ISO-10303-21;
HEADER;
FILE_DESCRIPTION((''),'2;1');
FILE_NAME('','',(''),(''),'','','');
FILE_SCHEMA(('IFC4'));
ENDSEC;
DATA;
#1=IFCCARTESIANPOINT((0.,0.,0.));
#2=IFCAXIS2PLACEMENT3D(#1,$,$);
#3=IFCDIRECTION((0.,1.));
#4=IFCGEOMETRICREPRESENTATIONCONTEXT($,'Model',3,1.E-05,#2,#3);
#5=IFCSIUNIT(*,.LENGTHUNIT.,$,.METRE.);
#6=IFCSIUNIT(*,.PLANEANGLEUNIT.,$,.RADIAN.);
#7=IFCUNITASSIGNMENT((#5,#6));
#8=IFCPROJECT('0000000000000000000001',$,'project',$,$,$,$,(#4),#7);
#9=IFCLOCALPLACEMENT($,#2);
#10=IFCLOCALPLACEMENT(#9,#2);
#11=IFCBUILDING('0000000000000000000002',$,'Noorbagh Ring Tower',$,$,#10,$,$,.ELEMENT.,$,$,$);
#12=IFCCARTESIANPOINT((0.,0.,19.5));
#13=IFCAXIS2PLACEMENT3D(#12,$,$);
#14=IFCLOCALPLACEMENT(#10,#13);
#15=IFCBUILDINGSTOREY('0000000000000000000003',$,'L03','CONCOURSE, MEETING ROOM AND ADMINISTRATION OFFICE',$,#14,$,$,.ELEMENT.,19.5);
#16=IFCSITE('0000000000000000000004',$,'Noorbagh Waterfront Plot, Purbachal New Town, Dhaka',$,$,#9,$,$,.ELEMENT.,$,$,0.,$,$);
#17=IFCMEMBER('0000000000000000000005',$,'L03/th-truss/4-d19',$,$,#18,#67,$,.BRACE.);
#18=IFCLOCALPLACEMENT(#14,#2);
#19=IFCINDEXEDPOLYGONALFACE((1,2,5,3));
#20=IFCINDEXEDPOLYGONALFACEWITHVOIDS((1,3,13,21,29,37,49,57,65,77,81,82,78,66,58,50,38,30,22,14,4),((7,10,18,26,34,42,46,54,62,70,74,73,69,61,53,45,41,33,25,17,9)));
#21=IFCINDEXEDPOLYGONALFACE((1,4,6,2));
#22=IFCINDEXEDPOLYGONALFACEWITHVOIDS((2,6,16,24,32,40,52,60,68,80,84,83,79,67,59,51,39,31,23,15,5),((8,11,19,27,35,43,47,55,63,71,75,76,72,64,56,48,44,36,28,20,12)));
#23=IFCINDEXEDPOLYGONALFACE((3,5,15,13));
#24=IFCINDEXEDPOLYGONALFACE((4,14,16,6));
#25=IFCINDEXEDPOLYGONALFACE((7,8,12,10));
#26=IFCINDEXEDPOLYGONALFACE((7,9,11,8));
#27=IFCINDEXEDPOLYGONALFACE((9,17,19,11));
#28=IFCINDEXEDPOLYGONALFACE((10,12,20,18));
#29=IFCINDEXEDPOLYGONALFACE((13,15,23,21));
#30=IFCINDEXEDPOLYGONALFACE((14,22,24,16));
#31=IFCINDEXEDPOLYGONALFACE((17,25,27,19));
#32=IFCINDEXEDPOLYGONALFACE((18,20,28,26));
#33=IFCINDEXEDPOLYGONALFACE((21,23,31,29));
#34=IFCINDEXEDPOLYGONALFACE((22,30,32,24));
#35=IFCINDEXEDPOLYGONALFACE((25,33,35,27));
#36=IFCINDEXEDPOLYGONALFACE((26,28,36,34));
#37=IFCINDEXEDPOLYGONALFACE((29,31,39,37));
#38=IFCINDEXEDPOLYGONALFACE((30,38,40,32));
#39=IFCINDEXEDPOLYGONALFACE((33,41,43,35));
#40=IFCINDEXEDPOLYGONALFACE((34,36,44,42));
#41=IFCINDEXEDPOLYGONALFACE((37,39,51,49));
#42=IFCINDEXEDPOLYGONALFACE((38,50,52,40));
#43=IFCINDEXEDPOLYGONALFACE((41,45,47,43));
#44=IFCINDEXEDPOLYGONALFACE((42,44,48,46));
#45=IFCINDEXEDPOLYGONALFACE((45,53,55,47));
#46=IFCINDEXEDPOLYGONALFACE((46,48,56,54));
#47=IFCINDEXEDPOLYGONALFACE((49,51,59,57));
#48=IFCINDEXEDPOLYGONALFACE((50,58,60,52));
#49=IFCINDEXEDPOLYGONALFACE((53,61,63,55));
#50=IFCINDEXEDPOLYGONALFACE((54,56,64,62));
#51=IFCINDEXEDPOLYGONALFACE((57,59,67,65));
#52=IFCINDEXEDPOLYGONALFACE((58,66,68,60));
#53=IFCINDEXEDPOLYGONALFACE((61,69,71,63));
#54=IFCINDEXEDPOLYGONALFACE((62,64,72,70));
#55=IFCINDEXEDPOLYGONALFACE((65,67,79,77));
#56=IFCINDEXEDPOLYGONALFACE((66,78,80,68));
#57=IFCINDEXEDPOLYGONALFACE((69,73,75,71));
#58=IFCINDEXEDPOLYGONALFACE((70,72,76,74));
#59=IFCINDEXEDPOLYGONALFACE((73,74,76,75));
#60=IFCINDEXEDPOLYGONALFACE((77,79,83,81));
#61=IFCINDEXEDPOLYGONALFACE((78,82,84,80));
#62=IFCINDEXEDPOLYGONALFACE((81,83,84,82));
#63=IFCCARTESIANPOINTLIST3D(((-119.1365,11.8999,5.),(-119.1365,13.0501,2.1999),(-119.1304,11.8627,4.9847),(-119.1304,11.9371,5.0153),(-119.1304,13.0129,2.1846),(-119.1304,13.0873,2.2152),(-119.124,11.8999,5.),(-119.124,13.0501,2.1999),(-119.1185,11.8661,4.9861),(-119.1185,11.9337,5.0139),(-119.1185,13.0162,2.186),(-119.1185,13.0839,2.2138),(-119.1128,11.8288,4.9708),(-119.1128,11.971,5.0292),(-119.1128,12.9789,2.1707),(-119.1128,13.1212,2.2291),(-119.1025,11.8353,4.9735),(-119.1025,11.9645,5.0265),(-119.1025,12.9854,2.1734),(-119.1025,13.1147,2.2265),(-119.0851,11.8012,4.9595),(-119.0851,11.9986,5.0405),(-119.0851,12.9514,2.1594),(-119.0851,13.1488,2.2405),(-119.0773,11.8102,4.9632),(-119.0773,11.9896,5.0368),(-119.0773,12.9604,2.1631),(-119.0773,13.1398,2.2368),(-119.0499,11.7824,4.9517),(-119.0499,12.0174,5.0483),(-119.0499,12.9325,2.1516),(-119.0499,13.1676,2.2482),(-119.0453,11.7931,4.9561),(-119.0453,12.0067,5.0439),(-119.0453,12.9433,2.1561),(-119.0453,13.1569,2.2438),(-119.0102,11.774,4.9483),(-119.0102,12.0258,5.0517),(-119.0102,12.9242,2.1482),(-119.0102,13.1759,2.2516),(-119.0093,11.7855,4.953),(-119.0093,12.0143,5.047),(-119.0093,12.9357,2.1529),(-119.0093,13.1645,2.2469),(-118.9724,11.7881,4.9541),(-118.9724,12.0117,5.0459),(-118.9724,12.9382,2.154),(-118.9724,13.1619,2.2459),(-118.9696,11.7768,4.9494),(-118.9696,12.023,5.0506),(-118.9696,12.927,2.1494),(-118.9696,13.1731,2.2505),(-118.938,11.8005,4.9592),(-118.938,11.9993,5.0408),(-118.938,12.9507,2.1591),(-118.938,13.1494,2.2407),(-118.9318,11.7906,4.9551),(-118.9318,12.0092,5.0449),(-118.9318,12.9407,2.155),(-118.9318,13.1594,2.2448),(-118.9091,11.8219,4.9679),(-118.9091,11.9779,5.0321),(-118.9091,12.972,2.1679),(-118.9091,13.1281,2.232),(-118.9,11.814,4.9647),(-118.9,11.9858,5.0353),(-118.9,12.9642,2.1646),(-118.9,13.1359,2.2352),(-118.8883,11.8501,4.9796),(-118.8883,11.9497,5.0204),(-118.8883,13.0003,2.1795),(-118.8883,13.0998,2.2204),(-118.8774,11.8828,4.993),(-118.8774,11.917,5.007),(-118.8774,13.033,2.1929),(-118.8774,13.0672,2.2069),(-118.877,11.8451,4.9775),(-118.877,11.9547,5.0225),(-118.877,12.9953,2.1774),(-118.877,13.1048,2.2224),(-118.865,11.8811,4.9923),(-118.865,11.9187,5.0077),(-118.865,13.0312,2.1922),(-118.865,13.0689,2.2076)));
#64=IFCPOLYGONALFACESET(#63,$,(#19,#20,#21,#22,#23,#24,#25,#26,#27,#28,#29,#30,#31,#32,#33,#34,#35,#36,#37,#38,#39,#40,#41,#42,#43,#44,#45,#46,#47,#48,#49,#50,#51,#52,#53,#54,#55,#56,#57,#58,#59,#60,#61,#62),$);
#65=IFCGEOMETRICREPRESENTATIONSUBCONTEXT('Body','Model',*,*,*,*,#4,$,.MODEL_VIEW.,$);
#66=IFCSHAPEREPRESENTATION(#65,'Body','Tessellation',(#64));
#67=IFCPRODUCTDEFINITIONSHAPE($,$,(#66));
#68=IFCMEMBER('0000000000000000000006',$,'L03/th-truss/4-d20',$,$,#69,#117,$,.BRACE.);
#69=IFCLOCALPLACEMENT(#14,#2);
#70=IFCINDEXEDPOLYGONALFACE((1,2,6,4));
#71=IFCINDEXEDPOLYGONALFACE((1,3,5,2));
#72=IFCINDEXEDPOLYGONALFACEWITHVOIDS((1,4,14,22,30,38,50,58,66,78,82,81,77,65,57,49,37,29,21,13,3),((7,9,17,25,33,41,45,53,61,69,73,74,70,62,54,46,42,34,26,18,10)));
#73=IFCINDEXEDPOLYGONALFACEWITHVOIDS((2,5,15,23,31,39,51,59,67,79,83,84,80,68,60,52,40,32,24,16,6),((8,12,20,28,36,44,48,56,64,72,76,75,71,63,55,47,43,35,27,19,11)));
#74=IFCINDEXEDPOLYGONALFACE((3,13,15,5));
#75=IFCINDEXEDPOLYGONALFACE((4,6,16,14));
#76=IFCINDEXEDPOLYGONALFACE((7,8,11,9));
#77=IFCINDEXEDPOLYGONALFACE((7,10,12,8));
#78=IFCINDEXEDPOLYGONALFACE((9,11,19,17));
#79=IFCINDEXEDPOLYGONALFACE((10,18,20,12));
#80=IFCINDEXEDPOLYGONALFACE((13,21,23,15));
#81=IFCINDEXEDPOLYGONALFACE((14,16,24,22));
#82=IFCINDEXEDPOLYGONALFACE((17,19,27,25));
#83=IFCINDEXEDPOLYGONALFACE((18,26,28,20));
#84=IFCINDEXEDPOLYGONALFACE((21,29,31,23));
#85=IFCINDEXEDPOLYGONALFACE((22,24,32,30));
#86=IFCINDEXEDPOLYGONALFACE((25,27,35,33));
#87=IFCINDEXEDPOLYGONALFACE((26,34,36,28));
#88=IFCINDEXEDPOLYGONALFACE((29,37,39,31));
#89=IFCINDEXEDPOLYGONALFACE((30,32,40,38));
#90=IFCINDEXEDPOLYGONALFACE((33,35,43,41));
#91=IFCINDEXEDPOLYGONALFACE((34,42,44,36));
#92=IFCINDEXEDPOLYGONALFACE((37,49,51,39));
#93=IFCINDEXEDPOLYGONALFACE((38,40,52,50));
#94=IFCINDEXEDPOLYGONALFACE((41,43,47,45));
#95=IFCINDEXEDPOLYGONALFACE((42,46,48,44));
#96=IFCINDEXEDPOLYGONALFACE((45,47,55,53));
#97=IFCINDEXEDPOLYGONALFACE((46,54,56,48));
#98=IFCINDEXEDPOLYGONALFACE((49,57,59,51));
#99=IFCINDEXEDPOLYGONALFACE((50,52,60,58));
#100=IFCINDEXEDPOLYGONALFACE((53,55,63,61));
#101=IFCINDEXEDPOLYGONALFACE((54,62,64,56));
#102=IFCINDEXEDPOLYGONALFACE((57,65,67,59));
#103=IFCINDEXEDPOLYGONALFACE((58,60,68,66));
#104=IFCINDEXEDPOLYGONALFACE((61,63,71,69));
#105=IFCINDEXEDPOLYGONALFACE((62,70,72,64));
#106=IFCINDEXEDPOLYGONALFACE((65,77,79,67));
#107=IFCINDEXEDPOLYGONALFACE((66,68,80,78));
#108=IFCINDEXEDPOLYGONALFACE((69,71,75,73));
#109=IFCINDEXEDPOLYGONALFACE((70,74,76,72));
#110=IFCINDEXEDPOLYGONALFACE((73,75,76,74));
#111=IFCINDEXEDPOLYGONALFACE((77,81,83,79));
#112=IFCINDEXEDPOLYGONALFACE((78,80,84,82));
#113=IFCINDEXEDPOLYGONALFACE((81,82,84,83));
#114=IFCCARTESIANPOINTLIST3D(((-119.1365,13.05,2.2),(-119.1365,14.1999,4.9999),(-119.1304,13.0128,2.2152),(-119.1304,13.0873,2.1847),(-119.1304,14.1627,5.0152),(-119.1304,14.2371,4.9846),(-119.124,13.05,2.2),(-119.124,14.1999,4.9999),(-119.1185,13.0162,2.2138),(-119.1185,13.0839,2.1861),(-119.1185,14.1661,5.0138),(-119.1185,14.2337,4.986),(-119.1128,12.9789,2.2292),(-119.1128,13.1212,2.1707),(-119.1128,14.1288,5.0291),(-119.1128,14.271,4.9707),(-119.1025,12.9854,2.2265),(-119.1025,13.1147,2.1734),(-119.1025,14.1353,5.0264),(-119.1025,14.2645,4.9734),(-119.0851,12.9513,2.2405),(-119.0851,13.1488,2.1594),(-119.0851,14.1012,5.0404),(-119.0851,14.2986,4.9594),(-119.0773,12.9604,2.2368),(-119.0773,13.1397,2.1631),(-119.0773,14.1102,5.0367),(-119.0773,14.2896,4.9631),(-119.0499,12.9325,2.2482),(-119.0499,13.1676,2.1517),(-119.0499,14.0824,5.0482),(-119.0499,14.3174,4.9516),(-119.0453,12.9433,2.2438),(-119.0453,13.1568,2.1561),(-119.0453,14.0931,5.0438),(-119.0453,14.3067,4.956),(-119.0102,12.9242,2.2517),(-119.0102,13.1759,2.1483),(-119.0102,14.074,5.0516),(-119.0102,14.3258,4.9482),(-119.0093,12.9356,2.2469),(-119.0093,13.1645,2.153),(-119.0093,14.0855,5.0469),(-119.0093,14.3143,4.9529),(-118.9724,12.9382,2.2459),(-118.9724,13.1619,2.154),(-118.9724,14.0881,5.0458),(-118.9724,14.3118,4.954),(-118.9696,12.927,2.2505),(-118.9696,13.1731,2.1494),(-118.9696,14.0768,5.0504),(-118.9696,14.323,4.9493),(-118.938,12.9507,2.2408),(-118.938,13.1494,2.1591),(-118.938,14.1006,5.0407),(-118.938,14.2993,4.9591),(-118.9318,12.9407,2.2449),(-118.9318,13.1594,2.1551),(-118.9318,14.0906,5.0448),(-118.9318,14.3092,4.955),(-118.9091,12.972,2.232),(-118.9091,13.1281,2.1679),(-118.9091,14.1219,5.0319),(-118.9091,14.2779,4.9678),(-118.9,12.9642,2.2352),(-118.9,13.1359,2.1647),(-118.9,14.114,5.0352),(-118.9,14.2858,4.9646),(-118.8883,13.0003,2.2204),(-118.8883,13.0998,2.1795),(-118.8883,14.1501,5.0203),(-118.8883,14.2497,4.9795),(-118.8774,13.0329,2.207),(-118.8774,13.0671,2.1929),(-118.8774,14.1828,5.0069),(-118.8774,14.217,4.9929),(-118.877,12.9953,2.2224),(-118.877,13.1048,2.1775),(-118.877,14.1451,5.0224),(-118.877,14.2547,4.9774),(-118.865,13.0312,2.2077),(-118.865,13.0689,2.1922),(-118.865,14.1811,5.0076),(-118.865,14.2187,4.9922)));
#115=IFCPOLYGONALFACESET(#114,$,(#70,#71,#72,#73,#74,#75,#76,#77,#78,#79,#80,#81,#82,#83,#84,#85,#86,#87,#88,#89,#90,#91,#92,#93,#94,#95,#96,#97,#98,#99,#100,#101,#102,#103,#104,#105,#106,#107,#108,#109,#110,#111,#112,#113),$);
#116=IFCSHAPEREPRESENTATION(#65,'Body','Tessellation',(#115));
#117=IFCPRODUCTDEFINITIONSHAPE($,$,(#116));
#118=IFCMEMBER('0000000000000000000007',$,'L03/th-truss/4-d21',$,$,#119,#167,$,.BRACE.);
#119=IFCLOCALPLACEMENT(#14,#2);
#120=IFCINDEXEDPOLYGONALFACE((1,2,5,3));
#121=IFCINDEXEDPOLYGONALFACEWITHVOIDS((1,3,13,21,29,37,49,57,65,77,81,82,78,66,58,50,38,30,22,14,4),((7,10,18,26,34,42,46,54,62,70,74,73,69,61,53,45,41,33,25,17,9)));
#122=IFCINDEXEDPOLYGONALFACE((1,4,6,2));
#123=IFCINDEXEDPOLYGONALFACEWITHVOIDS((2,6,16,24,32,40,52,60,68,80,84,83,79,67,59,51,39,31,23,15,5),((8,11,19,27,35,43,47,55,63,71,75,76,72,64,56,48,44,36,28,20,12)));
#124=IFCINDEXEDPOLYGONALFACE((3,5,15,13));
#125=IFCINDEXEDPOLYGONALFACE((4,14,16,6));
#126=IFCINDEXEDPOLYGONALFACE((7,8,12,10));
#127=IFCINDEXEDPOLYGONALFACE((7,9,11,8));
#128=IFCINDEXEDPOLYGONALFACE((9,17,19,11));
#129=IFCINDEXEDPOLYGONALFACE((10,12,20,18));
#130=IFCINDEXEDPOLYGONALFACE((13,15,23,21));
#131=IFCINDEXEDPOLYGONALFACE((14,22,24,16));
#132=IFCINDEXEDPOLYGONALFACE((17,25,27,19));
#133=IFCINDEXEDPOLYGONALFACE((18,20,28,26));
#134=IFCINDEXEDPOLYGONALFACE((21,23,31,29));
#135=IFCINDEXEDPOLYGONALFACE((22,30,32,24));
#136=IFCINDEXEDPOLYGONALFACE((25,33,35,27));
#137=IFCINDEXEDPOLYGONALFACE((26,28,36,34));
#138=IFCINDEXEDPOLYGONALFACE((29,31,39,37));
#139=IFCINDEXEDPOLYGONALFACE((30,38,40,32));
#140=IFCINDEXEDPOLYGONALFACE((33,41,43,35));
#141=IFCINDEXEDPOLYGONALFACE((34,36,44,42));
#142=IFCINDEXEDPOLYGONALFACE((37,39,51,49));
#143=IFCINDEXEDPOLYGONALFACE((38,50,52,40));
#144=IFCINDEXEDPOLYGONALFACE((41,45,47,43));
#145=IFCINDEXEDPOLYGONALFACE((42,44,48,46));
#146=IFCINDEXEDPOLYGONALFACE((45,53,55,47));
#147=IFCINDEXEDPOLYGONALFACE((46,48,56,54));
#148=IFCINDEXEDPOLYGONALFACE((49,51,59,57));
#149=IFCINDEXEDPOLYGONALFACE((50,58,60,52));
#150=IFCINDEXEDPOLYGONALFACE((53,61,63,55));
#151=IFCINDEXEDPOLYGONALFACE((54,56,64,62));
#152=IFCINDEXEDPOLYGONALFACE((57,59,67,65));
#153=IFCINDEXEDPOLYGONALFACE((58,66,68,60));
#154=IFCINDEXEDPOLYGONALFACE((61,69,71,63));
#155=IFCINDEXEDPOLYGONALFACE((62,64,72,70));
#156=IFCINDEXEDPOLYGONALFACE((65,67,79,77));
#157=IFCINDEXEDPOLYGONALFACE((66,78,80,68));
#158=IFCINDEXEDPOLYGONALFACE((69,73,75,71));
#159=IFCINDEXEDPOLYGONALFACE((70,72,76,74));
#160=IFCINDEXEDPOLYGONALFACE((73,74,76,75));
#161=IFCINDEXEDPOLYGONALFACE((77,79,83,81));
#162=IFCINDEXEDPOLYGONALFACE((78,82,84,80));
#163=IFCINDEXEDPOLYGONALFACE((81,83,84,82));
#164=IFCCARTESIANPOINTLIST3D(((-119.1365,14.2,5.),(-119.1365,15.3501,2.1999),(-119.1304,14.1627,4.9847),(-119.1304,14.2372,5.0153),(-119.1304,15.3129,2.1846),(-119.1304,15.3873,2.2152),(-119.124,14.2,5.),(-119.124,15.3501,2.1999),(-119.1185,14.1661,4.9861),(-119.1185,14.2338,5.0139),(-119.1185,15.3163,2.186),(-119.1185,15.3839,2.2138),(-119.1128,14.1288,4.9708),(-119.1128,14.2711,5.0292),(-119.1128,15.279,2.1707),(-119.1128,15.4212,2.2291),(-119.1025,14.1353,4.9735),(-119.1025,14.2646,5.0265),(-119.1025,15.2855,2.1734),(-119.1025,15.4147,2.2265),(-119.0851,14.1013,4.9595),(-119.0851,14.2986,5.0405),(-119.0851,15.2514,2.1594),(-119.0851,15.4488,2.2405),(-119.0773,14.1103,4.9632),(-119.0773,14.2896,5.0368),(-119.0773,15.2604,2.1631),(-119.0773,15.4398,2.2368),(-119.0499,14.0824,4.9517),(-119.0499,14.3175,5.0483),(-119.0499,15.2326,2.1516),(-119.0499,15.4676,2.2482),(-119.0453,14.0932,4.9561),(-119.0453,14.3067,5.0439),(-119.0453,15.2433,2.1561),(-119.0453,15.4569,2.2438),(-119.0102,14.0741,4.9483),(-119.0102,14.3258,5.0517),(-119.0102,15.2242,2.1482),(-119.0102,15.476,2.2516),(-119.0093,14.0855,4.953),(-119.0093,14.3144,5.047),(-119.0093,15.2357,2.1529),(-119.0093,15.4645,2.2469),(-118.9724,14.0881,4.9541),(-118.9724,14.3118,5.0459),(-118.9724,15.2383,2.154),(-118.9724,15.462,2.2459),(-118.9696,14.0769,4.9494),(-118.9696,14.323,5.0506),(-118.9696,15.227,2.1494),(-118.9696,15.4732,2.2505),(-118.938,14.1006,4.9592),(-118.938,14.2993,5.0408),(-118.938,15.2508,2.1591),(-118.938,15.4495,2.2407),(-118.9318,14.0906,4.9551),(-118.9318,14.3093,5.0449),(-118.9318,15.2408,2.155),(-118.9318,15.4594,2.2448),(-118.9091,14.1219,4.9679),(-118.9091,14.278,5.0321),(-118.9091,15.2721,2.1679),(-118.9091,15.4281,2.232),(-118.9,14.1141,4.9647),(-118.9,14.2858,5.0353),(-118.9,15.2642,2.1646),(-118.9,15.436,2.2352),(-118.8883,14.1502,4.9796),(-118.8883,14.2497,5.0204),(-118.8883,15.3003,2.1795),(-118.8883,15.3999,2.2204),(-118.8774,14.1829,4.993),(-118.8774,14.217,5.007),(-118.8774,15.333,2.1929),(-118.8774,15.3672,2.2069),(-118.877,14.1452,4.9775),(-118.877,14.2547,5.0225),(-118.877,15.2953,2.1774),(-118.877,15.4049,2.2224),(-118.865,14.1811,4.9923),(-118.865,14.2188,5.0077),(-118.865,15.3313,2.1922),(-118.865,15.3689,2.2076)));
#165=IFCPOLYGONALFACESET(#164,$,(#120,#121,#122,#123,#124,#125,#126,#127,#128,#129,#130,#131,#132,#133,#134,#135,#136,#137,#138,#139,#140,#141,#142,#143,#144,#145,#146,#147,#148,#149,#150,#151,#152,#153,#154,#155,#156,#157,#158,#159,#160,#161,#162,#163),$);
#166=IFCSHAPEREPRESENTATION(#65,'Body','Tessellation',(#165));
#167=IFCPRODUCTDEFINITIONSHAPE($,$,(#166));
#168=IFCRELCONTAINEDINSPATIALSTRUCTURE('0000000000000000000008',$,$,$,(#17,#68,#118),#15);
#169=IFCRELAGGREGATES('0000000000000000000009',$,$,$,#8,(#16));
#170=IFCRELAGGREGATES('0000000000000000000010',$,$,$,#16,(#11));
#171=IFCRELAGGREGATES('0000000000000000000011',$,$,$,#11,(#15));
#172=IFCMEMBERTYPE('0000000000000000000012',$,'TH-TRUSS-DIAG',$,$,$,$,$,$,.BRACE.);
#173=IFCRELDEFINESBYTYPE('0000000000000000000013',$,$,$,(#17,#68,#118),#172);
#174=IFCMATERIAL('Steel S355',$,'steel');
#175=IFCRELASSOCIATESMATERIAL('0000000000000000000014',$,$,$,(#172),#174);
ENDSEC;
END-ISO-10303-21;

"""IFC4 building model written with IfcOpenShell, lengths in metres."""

from ifc_helpers import new_model, si_unit, direction, frame, origin, origin_2d, place, context, subcontext, project, spatial, hollow_circle, extrude, material, material_profile, profile_set, type_object, element, save


model = new_model("IFC4")

# Units and contexts
model_context = context("Model", 3, precision=1e-05, world=origin(), true_north=direction((0.0, 1.0)))
body_context = subcontext(model_context, "Body", "Model", "MODEL_VIEW")
ifc_project = project(units=[si_unit("LENGTHUNIT", "METRE"), si_unit("PLANEANGLEUNIT", "RADIAN")], contexts=[model_context])

# Site, building, storey
site_placement = place(None, origin())
site = spatial("IfcSite", under=ifc_project, at=site_placement, Name="Noorbagh Waterfront Plot, Purbachal New Town, Dhaka", CompositionType="ELEMENT", RefElevation=0.0)
building_placement = place(site_placement, origin())
building = spatial("IfcBuilding", under=site, at=building_placement, Name="Noorbagh Ring Tower", CompositionType="ELEMENT")
storey_placement = place(building_placement, frame((0.0, 0.0, 19.5)))
storey = spatial("IfcBuildingStorey", under=building, at=storey_placement, Name="L03", Description="CONCOURSE, MEETING ROOM AND ADMINISTRATION OFFICE", CompositionType="ELEMENT", Elevation=19.5)

# Members
ifc_material_1 = material(Name="Steel S355", Category="steel")
ifc_material_profile = material_profile(ifc_material_1, hollow_circle(Radius=0.1365, WallThickness=0.0125, at=origin_2d()), Name="CHS273x12.5")
ifc_profile_set = profile_set([ifc_material_profile], Name="Steel S355")
member_type = type_object("IfcMemberType", Name="TH-TRUSS-DIAG", PredefinedType="BRACE", material=ifc_profile_set)
member_1_placement = place(storey_placement, frame((-119.0, 11.8999, 5.0), z_axis=(0.0, 0.379955, -0.925005), x_axis=(-1.0, 0.0, 0.0)))
element("IfcMember", 1, at=member_1_placement, inside=storey, type_object=member_type, Name="L03/th-truss/4-d19", PredefinedType="BRACE", context=body_context, shape_type="SweptSolid", body=[
    extrude(hollow_circle(Radius=0.1365, WallThickness=0.0125, at=origin_2d()), origin(), (0.0, 0.0, 1.0), 3.0271),
])
member_2_placement = place(storey_placement, frame((-119.0, 13.05, 2.2), z_axis=(0.0, 0.379886, 0.925033), x_axis=(-1.0, 0.0, 0.0)))
element("IfcMember", 2, at=member_2_placement, inside=storey, type_object=member_type, Name="L03/th-truss/4-d20", PredefinedType="BRACE", context=body_context, shape_type="SweptSolid", body=[
    extrude(hollow_circle(Radius=0.1365, WallThickness=0.0125, at=origin_2d()), origin(), (0.0, 0.0, 1.0), 3.0269),
])
member_3_placement = place(storey_placement, frame((-119.0, 14.2, 5.0), z_axis=(0.0, 0.379955, -0.925005), x_axis=(-1.0, 0.0, 0.0)))
element("IfcMember", 3, at=member_3_placement, inside=storey, type_object=member_type, Name="L03/th-truss/4-d21", PredefinedType="BRACE", context=body_context, shape_type="SweptSolid", body=[
    extrude(hollow_circle(Radius=0.1365, WallThickness=0.0125, at=origin_2d()), origin(), (0.0, 0.0, 1.0), 3.0271),
])

save(model, "model.ifc")
